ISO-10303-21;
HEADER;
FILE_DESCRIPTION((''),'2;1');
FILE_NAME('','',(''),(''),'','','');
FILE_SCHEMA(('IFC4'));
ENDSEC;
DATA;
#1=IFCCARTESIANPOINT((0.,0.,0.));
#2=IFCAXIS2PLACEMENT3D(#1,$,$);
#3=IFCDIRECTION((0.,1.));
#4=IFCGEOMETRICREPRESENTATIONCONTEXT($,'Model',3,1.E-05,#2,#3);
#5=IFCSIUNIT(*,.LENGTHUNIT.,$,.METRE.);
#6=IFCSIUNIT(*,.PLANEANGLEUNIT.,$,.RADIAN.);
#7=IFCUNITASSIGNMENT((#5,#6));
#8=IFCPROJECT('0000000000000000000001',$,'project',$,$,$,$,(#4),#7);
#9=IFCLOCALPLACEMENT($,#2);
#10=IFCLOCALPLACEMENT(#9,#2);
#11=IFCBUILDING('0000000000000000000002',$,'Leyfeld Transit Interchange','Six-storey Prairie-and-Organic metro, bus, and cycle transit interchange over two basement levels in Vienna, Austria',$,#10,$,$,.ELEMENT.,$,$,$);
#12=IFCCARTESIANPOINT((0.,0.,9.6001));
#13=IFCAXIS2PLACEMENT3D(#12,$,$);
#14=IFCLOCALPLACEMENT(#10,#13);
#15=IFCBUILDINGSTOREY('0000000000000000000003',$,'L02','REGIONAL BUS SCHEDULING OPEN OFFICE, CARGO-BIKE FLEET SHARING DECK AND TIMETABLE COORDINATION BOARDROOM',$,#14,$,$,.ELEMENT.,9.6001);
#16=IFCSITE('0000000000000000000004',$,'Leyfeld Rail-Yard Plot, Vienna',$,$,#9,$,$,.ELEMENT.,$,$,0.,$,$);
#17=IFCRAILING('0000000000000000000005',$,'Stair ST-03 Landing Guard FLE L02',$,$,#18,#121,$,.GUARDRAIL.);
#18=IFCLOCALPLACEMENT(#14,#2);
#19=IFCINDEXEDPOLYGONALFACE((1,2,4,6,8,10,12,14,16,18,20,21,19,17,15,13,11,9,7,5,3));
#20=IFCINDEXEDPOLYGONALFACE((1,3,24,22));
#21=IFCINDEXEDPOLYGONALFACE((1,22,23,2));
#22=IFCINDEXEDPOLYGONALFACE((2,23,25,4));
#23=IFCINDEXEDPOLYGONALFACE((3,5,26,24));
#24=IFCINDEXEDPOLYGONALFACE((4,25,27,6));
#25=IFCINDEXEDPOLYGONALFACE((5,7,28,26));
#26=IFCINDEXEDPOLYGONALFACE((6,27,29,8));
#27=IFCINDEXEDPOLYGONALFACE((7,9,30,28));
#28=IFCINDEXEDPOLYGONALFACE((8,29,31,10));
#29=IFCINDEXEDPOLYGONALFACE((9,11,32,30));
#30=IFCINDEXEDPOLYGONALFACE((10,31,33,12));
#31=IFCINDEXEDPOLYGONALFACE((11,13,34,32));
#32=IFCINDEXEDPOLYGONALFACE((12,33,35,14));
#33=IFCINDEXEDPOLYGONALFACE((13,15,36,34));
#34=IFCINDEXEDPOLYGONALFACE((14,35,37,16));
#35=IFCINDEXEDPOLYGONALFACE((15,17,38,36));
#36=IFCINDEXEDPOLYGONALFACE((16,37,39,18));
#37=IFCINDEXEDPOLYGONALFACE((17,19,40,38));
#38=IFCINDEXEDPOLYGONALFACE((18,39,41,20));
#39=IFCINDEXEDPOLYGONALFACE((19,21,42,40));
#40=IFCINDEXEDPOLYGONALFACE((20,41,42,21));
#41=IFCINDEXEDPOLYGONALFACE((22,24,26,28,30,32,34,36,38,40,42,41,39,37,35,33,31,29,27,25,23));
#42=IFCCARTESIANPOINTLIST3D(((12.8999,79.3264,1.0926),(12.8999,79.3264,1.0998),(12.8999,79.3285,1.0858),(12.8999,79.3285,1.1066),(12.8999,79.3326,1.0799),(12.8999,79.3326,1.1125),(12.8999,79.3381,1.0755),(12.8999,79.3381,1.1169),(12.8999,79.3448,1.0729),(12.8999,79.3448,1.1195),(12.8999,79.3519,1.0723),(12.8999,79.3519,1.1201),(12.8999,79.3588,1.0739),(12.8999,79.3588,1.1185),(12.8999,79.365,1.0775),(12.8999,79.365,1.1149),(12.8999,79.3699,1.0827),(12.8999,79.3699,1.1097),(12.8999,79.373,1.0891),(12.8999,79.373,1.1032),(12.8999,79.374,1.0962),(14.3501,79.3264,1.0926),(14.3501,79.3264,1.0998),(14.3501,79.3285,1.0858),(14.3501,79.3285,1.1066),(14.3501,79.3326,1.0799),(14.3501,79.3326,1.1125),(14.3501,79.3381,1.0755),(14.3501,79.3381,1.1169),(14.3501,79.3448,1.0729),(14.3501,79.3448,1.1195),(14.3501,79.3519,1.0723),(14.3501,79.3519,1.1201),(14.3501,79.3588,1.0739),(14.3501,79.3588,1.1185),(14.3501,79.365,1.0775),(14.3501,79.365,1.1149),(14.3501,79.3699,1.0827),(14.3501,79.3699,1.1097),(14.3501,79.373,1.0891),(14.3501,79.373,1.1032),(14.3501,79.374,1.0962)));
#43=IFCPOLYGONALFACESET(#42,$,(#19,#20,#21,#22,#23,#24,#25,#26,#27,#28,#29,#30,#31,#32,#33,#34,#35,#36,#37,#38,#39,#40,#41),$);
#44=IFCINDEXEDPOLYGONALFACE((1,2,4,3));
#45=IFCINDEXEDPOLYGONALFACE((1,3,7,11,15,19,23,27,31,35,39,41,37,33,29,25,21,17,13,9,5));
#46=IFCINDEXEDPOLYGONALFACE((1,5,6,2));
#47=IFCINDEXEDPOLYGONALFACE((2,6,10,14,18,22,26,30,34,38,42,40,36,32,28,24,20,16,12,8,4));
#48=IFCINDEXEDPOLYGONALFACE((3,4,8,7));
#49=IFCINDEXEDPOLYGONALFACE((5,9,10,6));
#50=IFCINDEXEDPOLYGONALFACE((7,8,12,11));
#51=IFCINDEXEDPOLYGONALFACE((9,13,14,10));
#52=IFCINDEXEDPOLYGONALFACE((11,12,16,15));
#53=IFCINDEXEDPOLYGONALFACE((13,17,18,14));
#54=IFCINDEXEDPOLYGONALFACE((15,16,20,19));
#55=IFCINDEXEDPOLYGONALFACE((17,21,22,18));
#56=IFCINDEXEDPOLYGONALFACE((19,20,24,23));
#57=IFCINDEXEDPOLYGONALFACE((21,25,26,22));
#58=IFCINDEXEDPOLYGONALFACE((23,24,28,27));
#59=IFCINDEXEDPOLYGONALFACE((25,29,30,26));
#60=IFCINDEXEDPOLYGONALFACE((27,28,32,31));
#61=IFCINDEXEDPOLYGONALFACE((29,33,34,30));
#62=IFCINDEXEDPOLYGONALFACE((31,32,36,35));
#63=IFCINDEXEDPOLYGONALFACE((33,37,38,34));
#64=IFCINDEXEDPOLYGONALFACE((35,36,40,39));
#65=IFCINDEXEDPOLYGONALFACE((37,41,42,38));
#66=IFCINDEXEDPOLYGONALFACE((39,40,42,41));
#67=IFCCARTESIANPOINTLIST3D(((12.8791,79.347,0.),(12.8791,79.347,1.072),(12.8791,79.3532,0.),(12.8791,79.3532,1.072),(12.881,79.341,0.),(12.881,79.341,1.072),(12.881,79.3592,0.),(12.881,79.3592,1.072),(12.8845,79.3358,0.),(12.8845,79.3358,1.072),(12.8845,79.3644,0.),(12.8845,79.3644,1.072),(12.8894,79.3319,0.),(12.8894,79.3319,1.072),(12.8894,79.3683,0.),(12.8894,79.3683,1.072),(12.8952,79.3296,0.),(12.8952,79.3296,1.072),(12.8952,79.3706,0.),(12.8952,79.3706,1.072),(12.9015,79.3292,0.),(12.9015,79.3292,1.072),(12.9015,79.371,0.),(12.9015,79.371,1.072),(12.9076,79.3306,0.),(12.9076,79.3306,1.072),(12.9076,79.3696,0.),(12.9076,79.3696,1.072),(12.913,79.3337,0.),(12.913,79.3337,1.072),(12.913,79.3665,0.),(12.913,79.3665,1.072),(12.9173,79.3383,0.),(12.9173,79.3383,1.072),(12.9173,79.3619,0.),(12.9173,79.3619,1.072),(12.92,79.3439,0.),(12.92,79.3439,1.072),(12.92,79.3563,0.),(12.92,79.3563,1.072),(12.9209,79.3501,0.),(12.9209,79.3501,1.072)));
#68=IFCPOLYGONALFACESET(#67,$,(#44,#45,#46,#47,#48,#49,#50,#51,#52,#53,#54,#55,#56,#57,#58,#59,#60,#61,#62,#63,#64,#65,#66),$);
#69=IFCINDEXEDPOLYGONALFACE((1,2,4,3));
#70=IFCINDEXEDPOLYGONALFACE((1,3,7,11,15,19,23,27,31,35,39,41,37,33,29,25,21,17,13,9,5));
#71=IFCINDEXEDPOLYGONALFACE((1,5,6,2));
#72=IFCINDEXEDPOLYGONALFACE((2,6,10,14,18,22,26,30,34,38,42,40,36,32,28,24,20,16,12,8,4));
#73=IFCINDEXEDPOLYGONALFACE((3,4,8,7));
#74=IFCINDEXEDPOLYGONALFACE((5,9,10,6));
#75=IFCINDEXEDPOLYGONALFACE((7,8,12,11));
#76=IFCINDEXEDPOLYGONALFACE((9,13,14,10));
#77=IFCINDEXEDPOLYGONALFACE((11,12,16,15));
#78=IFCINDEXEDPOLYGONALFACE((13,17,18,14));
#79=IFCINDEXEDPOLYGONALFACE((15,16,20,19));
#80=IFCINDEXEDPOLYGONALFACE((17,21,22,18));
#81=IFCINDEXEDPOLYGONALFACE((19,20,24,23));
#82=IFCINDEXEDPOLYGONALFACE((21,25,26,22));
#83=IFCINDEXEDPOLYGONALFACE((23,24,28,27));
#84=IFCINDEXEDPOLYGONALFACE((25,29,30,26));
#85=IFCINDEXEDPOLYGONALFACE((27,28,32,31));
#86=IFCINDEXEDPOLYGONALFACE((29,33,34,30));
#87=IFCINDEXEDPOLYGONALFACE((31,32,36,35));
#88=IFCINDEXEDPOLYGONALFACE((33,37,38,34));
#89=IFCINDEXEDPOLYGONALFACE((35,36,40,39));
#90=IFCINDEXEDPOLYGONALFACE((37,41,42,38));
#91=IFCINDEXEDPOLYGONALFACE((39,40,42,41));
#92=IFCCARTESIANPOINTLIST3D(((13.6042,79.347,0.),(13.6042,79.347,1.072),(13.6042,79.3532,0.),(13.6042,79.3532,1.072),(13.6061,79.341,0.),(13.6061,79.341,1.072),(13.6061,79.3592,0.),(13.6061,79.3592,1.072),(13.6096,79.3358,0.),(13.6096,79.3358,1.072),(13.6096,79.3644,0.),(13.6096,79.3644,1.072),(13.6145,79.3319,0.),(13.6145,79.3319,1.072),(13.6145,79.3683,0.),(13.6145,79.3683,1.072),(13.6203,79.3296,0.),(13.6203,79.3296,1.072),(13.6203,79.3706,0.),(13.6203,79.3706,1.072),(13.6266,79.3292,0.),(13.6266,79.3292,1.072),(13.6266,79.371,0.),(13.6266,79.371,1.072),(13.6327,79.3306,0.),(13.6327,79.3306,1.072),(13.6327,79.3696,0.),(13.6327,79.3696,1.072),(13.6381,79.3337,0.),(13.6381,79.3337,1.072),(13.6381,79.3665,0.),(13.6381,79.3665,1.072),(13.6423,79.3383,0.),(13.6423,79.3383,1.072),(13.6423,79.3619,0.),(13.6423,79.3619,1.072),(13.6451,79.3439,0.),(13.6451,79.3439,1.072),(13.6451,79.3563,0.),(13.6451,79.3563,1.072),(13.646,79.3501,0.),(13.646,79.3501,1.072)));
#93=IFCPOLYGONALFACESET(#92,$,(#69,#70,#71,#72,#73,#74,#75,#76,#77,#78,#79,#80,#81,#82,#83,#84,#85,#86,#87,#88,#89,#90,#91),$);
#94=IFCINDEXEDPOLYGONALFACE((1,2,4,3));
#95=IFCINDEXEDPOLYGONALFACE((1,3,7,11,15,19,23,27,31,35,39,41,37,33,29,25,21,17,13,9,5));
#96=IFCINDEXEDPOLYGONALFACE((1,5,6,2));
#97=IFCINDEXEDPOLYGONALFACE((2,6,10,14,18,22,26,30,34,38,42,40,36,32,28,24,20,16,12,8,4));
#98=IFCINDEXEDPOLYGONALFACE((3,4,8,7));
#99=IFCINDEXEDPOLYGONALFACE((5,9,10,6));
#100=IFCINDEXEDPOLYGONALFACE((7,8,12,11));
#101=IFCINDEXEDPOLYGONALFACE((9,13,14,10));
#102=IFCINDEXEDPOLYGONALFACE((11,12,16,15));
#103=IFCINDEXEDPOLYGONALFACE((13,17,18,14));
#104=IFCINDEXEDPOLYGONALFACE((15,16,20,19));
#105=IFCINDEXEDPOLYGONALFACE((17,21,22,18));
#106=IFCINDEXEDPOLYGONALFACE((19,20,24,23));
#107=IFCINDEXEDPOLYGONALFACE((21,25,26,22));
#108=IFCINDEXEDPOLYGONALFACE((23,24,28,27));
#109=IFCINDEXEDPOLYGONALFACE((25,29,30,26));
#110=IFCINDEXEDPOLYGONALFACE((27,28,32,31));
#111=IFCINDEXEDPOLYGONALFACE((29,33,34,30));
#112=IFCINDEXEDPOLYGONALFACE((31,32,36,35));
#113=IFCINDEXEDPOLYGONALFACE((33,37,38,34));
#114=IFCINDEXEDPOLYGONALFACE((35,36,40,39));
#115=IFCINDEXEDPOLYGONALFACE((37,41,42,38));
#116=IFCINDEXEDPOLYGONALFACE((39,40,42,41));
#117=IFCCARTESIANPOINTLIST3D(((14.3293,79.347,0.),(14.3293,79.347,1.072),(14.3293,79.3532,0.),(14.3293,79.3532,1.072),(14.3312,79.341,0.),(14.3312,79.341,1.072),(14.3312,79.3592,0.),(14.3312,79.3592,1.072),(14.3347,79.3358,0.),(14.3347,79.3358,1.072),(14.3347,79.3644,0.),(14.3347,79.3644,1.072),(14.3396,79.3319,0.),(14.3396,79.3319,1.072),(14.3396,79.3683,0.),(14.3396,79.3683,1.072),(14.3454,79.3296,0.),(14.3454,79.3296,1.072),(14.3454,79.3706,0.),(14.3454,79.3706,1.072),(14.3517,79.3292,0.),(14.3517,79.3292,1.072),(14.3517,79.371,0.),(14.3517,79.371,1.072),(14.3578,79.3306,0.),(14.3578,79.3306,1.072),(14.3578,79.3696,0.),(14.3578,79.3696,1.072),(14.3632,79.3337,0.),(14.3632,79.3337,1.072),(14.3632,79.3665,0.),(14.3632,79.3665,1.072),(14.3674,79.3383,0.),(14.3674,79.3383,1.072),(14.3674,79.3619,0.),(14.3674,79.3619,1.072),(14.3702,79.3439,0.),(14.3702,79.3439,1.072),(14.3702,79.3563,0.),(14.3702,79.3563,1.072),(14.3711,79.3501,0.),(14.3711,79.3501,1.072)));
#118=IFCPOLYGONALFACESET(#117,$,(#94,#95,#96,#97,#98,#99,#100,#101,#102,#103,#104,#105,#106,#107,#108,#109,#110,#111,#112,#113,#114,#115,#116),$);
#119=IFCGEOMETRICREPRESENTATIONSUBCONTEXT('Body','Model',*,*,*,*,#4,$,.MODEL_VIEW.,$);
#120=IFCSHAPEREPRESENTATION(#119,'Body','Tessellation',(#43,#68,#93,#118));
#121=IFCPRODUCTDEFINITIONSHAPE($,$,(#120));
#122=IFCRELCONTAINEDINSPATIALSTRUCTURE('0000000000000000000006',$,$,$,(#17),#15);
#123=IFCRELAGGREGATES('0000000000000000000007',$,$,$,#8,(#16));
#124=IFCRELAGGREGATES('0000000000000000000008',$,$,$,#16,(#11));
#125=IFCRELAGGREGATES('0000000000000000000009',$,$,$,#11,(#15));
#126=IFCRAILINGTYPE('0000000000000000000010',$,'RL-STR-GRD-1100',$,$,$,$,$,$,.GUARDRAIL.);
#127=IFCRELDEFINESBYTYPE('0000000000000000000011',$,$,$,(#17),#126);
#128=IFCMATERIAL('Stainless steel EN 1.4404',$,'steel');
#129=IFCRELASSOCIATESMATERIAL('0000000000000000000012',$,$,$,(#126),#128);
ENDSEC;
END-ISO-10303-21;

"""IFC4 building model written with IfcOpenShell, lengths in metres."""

from ifc_helpers import new_model, si_unit, direction, frame, origin, origin_2d, place, context, subcontext, project, spatial, circle, extrude, material, type_object, element, save


model = new_model("IFC4")

# Units and contexts
model_context = context("Model", 3, precision=1e-05, world=origin(), true_north=direction((0.0, 1.0)))
body_context = subcontext(model_context, "Body", "Model", "MODEL_VIEW")
ifc_project = project(units=[si_unit("LENGTHUNIT", "METRE"), si_unit("PLANEANGLEUNIT", "RADIAN")], contexts=[model_context])

# Site, building, storey
site_placement = place(None, origin())
site = spatial("IfcSite", under=ifc_project, at=site_placement, Name="Leyfeld Rail-Yard Plot, Vienna", CompositionType="ELEMENT", RefElevation=0.0)
building_placement = place(site_placement, origin())
building = spatial("IfcBuilding", under=site, at=building_placement, Name="Leyfeld Transit Interchange", Description="Six-storey Prairie-and-Organic metro, bus, and cycle transit interchange over two basement levels in Vienna, Austria", CompositionType="ELEMENT")
storey_placement = place(building_placement, frame((0.0, 0.0, 9.6001)))
storey = spatial("IfcBuildingStorey", under=building, at=storey_placement, Name="L02", Description="REGIONAL BUS SCHEDULING OPEN OFFICE, CARGO-BIKE FLEET SHARING DECK AND TIMETABLE COORDINATION BOARDROOM", CompositionType="ELEMENT", Elevation=9.6001)

# Shared definitions
ifc_material_1 = material(Name="Stainless steel EN 1.4404", Category="steel")

# Railing
railing_type_1 = type_object("IfcRailingType", Name="RL-STR-GRD-1100", PredefinedType="GUARDRAIL", material=ifc_material_1)
railing_1_placement = place(storey_placement, frame((12.8999, 79.3501, 0.0)))
element("IfcRailing", 1, at=railing_1_placement, inside=storey, type_object=railing_type_1, Name="Stair ST-03 Landing Guard FLE L02", PredefinedType="GUARDRAIL", context=body_context, shape_type="SweptSolid", body=[
    extrude(circle(Radius=0.0239, at=origin_2d()), frame((0.0, 0.0, 1.0962), z_axis=(1.0, 0.0, 0.0), x_axis=(0.0, 1.0, 0.0)), (0.0, 0.0, 1.0), 1.4502),
    extrude(circle(Radius=0.021, at=origin_2d()), origin(), (0.0, 0.0, 1.0), 1.072),
    extrude(circle(Radius=0.021, at=origin_2d()), frame((0.7251, 0.0, 0.0)), (0.0, 0.0, 1.0), 1.072),
    extrude(circle(Radius=0.021, at=origin_2d()), frame((1.4502, 0.0, 0.0)), (0.0, 0.0, 1.0), 1.072),
])

save(model, "model.ifc")
